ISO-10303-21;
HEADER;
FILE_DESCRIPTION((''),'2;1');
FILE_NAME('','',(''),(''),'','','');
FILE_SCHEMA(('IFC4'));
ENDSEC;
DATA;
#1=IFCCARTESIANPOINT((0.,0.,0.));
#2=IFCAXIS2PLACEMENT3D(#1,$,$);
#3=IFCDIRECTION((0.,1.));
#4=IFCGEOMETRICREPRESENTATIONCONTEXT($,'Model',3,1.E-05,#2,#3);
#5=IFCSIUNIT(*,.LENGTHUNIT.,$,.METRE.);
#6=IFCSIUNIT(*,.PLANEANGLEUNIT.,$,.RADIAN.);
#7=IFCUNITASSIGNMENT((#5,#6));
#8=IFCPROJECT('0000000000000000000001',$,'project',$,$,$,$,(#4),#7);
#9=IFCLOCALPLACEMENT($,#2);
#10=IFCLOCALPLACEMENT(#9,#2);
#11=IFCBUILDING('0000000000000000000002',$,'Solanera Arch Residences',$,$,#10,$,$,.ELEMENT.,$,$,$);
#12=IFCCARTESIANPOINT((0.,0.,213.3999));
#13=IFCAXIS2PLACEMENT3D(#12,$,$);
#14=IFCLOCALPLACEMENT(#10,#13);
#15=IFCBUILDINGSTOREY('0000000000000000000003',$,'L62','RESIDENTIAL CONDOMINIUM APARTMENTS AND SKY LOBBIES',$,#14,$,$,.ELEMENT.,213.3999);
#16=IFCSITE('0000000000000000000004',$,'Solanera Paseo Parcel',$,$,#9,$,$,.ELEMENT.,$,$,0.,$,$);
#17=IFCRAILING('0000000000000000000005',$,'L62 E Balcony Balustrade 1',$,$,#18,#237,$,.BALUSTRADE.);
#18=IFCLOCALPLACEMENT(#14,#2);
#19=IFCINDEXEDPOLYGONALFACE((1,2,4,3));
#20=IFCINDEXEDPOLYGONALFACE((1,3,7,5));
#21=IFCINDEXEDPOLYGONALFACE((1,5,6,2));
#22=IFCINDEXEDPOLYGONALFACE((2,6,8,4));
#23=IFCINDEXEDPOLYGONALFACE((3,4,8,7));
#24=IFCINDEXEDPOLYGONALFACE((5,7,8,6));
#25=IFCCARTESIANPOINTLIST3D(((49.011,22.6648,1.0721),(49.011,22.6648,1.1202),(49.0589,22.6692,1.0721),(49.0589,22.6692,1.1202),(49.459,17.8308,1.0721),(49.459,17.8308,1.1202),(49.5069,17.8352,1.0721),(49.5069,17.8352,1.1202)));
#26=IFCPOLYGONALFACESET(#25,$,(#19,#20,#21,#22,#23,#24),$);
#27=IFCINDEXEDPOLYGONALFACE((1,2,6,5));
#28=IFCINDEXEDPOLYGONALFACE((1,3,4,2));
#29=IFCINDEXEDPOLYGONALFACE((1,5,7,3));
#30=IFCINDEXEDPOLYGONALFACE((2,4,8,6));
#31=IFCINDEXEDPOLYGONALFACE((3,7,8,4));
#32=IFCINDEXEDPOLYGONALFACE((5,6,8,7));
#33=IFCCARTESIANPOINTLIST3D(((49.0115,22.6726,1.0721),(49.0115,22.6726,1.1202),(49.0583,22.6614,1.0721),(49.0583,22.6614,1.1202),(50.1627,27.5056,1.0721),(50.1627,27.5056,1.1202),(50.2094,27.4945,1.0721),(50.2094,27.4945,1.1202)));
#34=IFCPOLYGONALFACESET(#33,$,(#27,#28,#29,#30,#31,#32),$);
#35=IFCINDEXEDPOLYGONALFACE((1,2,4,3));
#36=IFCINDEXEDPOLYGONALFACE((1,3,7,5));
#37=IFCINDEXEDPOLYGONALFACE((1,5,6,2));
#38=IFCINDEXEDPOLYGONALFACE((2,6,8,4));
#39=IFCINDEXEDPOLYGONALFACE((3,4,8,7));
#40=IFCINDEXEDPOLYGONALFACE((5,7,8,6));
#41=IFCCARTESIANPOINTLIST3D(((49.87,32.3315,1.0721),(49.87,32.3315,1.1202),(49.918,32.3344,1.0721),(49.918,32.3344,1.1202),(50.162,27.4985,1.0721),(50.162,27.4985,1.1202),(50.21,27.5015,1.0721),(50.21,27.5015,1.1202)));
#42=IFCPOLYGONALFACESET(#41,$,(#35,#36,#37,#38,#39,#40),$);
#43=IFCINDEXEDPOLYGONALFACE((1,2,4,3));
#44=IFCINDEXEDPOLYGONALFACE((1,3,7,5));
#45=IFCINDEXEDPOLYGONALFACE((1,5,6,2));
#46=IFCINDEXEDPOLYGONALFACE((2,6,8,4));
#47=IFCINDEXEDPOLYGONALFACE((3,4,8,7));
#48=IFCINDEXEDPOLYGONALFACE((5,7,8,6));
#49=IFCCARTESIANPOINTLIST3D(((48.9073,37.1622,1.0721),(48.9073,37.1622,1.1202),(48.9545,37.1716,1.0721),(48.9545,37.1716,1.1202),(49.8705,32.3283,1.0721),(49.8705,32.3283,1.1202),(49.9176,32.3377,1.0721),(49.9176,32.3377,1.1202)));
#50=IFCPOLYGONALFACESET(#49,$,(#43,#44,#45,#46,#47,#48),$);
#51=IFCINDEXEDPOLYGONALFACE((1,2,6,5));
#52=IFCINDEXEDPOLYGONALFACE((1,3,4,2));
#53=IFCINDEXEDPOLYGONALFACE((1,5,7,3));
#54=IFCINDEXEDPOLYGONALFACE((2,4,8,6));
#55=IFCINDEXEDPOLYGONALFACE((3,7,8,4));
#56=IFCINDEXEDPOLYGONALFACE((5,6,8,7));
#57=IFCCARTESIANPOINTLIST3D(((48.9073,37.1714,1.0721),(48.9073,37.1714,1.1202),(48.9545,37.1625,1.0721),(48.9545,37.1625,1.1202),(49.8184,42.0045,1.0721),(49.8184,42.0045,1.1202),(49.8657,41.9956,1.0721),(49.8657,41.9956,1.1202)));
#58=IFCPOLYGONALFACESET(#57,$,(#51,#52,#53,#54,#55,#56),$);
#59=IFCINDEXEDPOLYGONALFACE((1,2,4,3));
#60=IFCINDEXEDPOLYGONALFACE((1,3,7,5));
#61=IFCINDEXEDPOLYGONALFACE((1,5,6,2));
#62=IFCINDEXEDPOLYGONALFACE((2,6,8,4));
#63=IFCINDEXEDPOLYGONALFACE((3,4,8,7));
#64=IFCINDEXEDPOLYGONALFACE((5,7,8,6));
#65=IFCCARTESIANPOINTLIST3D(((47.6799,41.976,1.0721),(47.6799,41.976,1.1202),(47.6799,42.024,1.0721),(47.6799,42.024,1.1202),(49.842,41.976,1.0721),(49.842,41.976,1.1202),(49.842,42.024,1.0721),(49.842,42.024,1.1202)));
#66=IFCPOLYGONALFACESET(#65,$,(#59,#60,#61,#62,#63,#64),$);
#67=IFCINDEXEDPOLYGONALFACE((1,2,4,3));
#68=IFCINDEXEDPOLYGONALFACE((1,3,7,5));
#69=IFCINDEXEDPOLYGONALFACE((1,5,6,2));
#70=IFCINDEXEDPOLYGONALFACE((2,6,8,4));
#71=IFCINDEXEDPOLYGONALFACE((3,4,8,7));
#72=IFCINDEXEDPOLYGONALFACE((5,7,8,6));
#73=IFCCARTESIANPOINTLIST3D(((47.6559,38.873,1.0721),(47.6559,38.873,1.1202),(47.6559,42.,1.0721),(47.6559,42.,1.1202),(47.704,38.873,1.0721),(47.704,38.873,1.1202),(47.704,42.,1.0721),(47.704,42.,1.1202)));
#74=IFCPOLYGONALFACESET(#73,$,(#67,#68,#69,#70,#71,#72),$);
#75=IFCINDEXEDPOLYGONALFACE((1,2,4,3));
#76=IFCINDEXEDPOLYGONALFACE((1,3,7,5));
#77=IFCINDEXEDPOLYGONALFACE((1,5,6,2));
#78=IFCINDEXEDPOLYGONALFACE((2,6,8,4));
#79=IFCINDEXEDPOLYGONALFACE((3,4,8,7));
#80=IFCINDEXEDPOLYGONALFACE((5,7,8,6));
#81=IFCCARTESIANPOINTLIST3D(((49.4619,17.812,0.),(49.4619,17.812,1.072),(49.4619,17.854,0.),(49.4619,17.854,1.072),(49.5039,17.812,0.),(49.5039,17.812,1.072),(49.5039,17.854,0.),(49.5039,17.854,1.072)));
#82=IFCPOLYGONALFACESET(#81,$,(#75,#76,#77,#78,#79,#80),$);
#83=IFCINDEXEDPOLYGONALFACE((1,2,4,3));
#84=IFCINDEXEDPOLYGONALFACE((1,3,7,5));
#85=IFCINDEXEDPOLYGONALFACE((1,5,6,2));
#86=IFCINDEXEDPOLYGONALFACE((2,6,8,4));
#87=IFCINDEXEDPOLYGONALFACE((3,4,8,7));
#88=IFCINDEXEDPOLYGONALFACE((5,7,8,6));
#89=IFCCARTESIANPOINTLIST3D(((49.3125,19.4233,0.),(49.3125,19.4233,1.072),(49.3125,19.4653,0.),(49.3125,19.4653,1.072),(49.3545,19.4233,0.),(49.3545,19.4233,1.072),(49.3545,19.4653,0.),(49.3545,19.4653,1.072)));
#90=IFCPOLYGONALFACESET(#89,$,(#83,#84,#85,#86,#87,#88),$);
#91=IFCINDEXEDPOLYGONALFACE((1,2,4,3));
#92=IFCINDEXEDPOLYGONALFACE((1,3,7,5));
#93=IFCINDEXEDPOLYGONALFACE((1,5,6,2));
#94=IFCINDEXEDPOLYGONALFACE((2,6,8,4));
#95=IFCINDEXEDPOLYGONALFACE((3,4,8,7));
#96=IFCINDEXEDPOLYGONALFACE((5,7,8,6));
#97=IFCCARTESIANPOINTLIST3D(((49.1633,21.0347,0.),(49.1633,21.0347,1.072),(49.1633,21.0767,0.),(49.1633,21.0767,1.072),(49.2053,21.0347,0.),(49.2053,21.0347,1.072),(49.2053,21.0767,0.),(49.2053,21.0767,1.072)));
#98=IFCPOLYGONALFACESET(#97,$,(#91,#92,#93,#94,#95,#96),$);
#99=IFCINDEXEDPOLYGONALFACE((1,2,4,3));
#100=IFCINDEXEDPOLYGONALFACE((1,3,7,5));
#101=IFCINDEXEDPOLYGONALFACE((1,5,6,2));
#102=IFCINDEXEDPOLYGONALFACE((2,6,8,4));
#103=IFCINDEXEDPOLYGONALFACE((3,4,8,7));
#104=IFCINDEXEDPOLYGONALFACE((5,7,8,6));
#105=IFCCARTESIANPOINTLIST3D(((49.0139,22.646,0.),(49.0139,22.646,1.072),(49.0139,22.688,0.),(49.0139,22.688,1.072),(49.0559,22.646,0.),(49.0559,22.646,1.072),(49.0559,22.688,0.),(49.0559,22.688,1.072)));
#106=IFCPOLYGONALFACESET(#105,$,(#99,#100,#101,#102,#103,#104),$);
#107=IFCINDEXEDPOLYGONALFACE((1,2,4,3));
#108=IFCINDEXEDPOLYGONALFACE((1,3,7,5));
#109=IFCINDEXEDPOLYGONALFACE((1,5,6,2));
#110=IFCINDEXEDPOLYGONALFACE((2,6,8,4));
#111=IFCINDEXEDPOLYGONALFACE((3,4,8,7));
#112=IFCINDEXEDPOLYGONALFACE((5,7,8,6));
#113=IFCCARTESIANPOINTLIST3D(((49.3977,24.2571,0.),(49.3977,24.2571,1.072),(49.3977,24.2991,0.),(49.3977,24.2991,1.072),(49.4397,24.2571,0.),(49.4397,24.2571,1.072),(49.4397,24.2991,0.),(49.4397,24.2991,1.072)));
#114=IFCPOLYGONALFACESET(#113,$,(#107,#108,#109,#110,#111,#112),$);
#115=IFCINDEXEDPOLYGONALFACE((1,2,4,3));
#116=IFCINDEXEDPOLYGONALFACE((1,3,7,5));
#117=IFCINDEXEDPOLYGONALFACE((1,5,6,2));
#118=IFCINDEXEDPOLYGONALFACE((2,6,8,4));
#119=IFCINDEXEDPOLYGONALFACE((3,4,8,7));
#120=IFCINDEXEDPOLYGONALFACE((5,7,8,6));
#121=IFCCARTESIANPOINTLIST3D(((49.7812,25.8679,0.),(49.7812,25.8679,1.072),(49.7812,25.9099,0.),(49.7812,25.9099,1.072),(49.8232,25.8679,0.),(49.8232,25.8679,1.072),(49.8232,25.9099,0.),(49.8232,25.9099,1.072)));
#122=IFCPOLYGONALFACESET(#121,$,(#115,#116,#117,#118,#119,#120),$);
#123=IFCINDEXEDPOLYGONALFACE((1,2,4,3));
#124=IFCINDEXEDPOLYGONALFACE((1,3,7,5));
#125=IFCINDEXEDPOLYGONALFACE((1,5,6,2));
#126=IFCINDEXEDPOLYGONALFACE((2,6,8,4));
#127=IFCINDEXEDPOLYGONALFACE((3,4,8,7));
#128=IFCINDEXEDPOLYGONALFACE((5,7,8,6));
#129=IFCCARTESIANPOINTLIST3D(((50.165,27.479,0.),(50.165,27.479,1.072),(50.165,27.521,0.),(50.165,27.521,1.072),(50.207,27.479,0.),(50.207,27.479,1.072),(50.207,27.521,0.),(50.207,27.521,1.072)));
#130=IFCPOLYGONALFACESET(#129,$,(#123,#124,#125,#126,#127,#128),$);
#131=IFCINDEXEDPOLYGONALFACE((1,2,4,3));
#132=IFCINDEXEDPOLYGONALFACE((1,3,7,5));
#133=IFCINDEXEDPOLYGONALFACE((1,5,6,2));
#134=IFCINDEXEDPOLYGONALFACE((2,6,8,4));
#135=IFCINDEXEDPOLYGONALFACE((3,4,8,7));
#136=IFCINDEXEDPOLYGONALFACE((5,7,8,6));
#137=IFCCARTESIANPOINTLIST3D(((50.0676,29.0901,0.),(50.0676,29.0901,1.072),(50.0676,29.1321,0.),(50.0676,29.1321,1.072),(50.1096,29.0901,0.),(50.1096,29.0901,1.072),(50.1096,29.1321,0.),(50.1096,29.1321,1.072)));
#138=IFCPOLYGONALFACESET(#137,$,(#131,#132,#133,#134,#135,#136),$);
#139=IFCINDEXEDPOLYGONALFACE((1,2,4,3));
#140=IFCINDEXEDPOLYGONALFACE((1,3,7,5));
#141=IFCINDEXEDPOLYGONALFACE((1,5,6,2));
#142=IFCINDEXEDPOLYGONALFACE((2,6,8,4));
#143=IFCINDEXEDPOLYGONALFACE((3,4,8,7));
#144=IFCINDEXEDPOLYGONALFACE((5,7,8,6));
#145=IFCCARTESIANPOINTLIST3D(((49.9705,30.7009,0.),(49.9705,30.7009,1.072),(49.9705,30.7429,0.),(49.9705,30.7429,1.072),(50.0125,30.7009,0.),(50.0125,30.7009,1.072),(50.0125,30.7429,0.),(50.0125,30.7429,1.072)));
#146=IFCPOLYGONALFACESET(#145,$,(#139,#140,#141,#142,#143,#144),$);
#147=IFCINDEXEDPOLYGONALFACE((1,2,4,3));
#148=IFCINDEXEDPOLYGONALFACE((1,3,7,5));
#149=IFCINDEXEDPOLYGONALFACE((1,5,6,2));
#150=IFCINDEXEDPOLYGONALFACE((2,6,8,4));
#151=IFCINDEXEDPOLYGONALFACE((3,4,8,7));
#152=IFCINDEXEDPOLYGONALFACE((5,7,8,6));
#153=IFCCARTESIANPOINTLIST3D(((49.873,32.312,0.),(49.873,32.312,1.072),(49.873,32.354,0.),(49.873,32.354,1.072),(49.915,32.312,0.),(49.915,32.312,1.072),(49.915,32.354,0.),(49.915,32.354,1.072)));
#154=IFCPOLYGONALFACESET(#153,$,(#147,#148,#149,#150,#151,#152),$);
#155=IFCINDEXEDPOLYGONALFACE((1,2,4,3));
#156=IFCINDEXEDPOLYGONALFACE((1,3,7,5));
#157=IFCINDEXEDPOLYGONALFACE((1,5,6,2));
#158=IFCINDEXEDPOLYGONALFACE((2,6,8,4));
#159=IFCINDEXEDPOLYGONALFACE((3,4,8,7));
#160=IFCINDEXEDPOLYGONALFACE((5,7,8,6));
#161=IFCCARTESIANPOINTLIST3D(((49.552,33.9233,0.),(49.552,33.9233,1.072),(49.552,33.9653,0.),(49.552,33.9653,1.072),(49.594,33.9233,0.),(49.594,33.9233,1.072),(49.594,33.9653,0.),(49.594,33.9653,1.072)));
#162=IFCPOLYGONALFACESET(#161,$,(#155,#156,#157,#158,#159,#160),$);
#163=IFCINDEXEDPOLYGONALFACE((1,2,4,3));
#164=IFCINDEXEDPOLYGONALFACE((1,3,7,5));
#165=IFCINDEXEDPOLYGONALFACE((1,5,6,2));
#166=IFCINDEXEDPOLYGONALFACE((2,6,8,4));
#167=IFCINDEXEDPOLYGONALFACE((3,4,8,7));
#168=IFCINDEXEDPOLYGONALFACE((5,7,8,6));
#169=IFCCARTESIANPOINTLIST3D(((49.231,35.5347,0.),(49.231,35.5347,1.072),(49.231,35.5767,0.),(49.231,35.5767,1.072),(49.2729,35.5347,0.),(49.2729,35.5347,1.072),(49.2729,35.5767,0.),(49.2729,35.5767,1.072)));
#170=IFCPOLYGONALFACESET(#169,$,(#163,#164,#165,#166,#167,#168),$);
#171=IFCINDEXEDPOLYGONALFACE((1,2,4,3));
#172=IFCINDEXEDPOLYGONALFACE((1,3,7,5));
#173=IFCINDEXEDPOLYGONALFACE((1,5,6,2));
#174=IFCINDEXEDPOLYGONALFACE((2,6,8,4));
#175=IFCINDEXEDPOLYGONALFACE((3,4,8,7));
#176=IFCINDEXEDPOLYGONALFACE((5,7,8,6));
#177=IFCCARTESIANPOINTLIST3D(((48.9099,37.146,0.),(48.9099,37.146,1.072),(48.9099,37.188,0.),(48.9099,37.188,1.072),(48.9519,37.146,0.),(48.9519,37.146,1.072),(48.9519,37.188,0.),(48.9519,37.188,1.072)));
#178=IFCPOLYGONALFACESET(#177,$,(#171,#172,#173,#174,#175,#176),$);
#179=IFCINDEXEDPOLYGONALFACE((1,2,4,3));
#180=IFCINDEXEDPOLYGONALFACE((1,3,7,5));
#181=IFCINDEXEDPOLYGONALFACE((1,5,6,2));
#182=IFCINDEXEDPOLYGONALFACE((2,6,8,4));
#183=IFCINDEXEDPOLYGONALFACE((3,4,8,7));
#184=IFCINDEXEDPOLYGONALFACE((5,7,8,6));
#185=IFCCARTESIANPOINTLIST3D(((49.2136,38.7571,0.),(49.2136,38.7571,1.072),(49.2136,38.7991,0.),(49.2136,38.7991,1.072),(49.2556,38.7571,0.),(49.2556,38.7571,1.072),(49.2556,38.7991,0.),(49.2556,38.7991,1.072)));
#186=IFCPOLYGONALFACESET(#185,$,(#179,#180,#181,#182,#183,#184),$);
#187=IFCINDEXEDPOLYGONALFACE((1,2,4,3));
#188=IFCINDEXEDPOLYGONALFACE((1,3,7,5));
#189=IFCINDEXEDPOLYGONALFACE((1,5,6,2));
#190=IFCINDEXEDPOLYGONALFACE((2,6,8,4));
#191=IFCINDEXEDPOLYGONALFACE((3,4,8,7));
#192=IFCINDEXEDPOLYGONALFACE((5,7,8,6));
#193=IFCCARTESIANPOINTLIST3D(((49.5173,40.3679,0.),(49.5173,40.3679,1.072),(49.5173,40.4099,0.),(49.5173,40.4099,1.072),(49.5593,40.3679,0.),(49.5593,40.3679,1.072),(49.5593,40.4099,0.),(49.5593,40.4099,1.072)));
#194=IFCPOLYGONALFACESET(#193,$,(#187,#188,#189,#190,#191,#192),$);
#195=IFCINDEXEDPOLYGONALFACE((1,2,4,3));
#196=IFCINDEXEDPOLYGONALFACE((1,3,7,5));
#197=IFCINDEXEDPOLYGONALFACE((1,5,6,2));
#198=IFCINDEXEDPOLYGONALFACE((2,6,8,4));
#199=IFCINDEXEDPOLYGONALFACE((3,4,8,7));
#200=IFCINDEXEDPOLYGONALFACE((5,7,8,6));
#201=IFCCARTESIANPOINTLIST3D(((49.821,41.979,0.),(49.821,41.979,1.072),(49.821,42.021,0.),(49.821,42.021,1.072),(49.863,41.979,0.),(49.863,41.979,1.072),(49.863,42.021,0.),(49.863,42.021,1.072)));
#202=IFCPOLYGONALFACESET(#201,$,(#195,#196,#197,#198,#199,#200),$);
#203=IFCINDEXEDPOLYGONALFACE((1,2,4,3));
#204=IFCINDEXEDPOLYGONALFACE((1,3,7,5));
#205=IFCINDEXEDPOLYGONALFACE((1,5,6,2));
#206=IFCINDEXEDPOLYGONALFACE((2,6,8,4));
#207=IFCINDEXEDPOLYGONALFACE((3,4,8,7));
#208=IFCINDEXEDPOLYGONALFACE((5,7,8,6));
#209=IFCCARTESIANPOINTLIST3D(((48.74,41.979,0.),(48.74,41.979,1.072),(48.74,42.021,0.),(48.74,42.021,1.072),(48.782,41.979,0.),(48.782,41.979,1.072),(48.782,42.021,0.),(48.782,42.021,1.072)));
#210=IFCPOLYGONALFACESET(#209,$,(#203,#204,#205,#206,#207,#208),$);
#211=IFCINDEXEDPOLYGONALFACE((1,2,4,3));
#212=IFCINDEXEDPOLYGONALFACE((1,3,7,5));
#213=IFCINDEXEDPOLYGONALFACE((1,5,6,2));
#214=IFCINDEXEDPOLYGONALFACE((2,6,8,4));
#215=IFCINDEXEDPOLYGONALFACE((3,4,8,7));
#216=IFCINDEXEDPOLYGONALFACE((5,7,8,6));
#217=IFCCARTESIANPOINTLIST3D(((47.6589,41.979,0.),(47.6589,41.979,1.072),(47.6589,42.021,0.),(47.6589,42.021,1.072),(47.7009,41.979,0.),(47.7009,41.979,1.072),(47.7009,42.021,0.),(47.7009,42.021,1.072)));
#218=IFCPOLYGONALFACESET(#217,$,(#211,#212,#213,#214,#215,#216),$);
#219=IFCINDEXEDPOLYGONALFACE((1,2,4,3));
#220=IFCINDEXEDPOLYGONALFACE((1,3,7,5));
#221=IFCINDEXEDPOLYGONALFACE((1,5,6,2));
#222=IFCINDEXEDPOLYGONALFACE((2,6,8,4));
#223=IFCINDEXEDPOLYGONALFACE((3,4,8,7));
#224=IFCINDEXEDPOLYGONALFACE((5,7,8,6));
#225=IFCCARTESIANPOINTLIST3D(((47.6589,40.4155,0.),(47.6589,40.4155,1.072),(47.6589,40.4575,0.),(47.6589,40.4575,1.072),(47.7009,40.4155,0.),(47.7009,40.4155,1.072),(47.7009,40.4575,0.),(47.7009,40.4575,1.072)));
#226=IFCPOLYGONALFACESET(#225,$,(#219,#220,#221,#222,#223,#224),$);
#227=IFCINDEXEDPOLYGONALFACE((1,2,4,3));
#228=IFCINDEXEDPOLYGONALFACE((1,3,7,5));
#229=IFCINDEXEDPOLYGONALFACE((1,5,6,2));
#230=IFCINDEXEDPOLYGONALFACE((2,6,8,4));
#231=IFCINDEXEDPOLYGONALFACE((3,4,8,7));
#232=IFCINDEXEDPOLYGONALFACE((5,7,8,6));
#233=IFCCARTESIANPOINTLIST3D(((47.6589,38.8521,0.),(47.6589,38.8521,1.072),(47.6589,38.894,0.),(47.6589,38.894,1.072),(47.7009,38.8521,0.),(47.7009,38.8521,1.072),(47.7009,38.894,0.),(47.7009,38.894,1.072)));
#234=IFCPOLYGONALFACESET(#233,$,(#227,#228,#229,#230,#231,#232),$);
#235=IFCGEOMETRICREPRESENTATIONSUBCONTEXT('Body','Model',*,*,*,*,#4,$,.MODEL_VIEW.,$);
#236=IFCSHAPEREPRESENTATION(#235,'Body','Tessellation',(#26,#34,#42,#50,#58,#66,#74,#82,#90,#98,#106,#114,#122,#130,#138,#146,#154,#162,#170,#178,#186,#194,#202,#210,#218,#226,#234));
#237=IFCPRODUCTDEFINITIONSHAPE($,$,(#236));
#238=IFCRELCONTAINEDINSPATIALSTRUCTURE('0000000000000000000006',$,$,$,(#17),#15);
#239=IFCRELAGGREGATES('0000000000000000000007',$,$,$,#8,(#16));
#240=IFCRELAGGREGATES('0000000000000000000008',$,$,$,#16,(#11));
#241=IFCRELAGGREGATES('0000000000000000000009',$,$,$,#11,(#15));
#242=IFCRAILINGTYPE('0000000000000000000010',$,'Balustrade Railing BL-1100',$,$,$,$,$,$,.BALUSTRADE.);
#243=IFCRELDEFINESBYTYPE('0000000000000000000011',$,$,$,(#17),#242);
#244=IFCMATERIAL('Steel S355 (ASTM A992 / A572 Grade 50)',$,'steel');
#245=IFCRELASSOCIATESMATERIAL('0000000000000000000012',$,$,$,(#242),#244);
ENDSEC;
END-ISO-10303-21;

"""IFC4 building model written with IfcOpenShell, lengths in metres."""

from ifc_helpers import new_model, si_unit, direction, frame, origin, origin_2d, place, context, subcontext, project, spatial, rectangle, extrude, material, type_object, element, save


model = new_model("IFC4")

# Units and contexts
model_context = context("Model", 3, precision=1e-05, world=origin(), true_north=direction((0.0, 1.0)))
body_context = subcontext(model_context, "Body", "Model", "MODEL_VIEW")
ifc_project = project(units=[si_unit("LENGTHUNIT", "METRE"), si_unit("PLANEANGLEUNIT", "RADIAN")], contexts=[model_context])

# Site, building, storey
site_placement = place(None, origin())
site = spatial("IfcSite", under=ifc_project, at=site_placement, Name="Solanera Paseo Parcel", CompositionType="ELEMENT", RefElevation=0.0)
building_placement = place(site_placement, origin())
building = spatial("IfcBuilding", under=site, at=building_placement, Name="Solanera Arch Residences", CompositionType="ELEMENT")
storey_placement = place(building_placement, frame((0.0, 0.0, 213.3999)))
storey = spatial("IfcBuildingStorey", under=building, at=storey_placement, Name="L62", Description="RESIDENTIAL CONDOMINIUM APARTMENTS AND SKY LOBBIES", CompositionType="ELEMENT", Elevation=213.3999)

# Railing
ifc_material_1 = material(Name="Steel S355 (ASTM A992 / A572 Grade 50)", Category="steel")
railing_type = type_object("IfcRailingType", Name="Balustrade Railing BL-1100", PredefinedType="BALUSTRADE", material=ifc_material_1)
railing_placement = place(storey_placement, frame((49.4829, 17.833, 0.0)))
element("IfcRailing", 1, at=railing_placement, inside=storey, type_object=railing_type, Name="L62 E Balcony Balustrade 1", PredefinedType="BALUSTRADE", context=body_context, shape_type="SweptSolid", body=[
    extrude(rectangle(XDim=0.0481, YDim=0.0481, at=origin_2d()), frame((0.0, 0.0, 1.0962), z_axis=(-0.092281, 0.995733, 0.0), x_axis=(-0.995733, -0.092281, 0.0)), (0.0, 0.0, 1.0), 4.8547),
    extrude(rectangle(XDim=0.0481, YDim=0.0481, at=origin_2d()), frame((-0.448, 4.834, 1.0962), z_axis=(0.231698, 0.972788, 0.0), x_axis=(-0.972788, 0.231698, 0.0)), (0.0, 0.0, 1.0), 4.9683),
    extrude(rectangle(XDim=0.0481, YDim=0.0481, at=origin_2d()), frame((0.7031, 9.667, 1.0962), z_axis=(-0.060306, 0.99818, 0.0), x_axis=(-0.99818, -0.060306, 0.0)), (0.0, 0.0, 1.0), 4.8418),
    extrude(rectangle(XDim=0.0481, YDim=0.0481, at=origin_2d()), frame((0.4111, 14.5, 1.0962), z_axis=(-0.195402, 0.980723, 0.0), x_axis=(-0.980723, -0.195402, 0.0)), (0.0, 0.0, 1.0), 4.929),
    extrude(rectangle(XDim=0.0481, YDim=0.0481, at=origin_2d()), frame((-0.552, 19.334, 1.0962), z_axis=(0.18526, 0.98269, 0.0), x_axis=(-0.98269, 0.18526, 0.0)), (0.0, 0.0, 1.0), 4.9182),
    extrude(rectangle(XDim=0.0481, YDim=0.0481, at=origin_2d()), frame((0.3591, 24.167, 1.0962), z_axis=(-1.0, 0.0, 0.0), x_axis=(0.0, -1.0, 0.0)), (0.0, 0.0, 1.0), 2.1621),
    extrude(rectangle(XDim=0.0481, YDim=0.0481, at=origin_2d()), frame((-1.803, 24.167, 1.0962), z_axis=(0.0, -1.0, 0.0), x_axis=(1.0, 0.0, 0.0)), (0.0, 0.0, 1.0), 3.127),
    extrude(rectangle(XDim=0.042, YDim=0.042, at=origin_2d()), origin(), (0.0, 0.0, 1.0), 1.072),
    extrude(rectangle(XDim=0.042, YDim=0.042, at=origin_2d()), frame((-0.1494, 1.6113, 0.0)), (0.0, 0.0, 1.0), 1.072),
    extrude(rectangle(XDim=0.042, YDim=0.042, at=origin_2d()), frame((-0.2986, 3.2227, 0.0)), (0.0, 0.0, 1.0), 1.072),
    extrude(rectangle(XDim=0.042, YDim=0.042, at=origin_2d()), frame((-0.448, 4.834, 0.0)), (0.0, 0.0, 1.0), 1.072),
    extrude(rectangle(XDim=0.042, YDim=0.042, at=origin_2d()), frame((-0.0642, 6.4451, 0.0)), (0.0, 0.0, 1.0), 1.072),
    extrude(rectangle(XDim=0.042, YDim=0.042, at=origin_2d()), frame((0.3193, 8.0559, 0.0)), (0.0, 0.0, 1.0), 1.072),
    extrude(rectangle(XDim=0.042, YDim=0.042, at=origin_2d()), frame((0.7031, 9.667, 0.0)), (0.0, 0.0, 1.0), 1.072),
    extrude(rectangle(XDim=0.042, YDim=0.042, at=origin_2d()), frame((0.6057, 11.2781, 0.0)), (0.0, 0.0, 1.0), 1.072),
    extrude(rectangle(XDim=0.042, YDim=0.042, at=origin_2d()), frame((0.5085, 12.8889, 0.0)), (0.0, 0.0, 1.0), 1.072),
    extrude(rectangle(XDim=0.042, YDim=0.042, at=origin_2d()), frame((0.4111, 14.5, 0.0)), (0.0, 0.0, 1.0), 1.072),
    extrude(rectangle(XDim=0.042, YDim=0.042, at=origin_2d()), frame((0.0901, 16.1113, 0.0)), (0.0, 0.0, 1.0), 1.072),
    extrude(rectangle(XDim=0.042, YDim=0.042, at=origin_2d()), frame((-0.231, 17.7227, 0.0)), (0.0, 0.0, 1.0), 1.072),
    extrude(rectangle(XDim=0.042, YDim=0.042, at=origin_2d()), frame((-0.552, 19.334, 0.0)), (0.0, 0.0, 1.0), 1.072),
    extrude(rectangle(XDim=0.042, YDim=0.042, at=origin_2d()), frame((-0.2483, 20.9451, 0.0)), (0.0, 0.0, 1.0), 1.072),
    extrude(rectangle(XDim=0.042, YDim=0.042, at=origin_2d()), frame((0.0554, 22.5559, 0.0)), (0.0, 0.0, 1.0), 1.072),
    extrude(rectangle(XDim=0.042, YDim=0.042, at=origin_2d()), frame((0.3591, 24.167, 0.0)), (0.0, 0.0, 1.0), 1.072),
    extrude(rectangle(XDim=0.042, YDim=0.042, at=origin_2d()), frame((-0.7219, 24.167, 0.0)), (0.0, 0.0, 1.0), 1.072),
    extrude(rectangle(XDim=0.042, YDim=0.042, at=origin_2d()), frame((-1.803, 24.167, 0.0)), (0.0, 0.0, 1.0), 1.072),
    extrude(rectangle(XDim=0.042, YDim=0.042, at=origin_2d()), frame((-1.803, 22.6035, 0.0)), (0.0, 0.0, 1.0), 1.072),
    extrude(rectangle(XDim=0.042, YDim=0.042, at=origin_2d()), frame((-1.803, 21.04, 0.0)), (0.0, 0.0, 1.0), 1.072),
])

save(model, "model.ifc")
